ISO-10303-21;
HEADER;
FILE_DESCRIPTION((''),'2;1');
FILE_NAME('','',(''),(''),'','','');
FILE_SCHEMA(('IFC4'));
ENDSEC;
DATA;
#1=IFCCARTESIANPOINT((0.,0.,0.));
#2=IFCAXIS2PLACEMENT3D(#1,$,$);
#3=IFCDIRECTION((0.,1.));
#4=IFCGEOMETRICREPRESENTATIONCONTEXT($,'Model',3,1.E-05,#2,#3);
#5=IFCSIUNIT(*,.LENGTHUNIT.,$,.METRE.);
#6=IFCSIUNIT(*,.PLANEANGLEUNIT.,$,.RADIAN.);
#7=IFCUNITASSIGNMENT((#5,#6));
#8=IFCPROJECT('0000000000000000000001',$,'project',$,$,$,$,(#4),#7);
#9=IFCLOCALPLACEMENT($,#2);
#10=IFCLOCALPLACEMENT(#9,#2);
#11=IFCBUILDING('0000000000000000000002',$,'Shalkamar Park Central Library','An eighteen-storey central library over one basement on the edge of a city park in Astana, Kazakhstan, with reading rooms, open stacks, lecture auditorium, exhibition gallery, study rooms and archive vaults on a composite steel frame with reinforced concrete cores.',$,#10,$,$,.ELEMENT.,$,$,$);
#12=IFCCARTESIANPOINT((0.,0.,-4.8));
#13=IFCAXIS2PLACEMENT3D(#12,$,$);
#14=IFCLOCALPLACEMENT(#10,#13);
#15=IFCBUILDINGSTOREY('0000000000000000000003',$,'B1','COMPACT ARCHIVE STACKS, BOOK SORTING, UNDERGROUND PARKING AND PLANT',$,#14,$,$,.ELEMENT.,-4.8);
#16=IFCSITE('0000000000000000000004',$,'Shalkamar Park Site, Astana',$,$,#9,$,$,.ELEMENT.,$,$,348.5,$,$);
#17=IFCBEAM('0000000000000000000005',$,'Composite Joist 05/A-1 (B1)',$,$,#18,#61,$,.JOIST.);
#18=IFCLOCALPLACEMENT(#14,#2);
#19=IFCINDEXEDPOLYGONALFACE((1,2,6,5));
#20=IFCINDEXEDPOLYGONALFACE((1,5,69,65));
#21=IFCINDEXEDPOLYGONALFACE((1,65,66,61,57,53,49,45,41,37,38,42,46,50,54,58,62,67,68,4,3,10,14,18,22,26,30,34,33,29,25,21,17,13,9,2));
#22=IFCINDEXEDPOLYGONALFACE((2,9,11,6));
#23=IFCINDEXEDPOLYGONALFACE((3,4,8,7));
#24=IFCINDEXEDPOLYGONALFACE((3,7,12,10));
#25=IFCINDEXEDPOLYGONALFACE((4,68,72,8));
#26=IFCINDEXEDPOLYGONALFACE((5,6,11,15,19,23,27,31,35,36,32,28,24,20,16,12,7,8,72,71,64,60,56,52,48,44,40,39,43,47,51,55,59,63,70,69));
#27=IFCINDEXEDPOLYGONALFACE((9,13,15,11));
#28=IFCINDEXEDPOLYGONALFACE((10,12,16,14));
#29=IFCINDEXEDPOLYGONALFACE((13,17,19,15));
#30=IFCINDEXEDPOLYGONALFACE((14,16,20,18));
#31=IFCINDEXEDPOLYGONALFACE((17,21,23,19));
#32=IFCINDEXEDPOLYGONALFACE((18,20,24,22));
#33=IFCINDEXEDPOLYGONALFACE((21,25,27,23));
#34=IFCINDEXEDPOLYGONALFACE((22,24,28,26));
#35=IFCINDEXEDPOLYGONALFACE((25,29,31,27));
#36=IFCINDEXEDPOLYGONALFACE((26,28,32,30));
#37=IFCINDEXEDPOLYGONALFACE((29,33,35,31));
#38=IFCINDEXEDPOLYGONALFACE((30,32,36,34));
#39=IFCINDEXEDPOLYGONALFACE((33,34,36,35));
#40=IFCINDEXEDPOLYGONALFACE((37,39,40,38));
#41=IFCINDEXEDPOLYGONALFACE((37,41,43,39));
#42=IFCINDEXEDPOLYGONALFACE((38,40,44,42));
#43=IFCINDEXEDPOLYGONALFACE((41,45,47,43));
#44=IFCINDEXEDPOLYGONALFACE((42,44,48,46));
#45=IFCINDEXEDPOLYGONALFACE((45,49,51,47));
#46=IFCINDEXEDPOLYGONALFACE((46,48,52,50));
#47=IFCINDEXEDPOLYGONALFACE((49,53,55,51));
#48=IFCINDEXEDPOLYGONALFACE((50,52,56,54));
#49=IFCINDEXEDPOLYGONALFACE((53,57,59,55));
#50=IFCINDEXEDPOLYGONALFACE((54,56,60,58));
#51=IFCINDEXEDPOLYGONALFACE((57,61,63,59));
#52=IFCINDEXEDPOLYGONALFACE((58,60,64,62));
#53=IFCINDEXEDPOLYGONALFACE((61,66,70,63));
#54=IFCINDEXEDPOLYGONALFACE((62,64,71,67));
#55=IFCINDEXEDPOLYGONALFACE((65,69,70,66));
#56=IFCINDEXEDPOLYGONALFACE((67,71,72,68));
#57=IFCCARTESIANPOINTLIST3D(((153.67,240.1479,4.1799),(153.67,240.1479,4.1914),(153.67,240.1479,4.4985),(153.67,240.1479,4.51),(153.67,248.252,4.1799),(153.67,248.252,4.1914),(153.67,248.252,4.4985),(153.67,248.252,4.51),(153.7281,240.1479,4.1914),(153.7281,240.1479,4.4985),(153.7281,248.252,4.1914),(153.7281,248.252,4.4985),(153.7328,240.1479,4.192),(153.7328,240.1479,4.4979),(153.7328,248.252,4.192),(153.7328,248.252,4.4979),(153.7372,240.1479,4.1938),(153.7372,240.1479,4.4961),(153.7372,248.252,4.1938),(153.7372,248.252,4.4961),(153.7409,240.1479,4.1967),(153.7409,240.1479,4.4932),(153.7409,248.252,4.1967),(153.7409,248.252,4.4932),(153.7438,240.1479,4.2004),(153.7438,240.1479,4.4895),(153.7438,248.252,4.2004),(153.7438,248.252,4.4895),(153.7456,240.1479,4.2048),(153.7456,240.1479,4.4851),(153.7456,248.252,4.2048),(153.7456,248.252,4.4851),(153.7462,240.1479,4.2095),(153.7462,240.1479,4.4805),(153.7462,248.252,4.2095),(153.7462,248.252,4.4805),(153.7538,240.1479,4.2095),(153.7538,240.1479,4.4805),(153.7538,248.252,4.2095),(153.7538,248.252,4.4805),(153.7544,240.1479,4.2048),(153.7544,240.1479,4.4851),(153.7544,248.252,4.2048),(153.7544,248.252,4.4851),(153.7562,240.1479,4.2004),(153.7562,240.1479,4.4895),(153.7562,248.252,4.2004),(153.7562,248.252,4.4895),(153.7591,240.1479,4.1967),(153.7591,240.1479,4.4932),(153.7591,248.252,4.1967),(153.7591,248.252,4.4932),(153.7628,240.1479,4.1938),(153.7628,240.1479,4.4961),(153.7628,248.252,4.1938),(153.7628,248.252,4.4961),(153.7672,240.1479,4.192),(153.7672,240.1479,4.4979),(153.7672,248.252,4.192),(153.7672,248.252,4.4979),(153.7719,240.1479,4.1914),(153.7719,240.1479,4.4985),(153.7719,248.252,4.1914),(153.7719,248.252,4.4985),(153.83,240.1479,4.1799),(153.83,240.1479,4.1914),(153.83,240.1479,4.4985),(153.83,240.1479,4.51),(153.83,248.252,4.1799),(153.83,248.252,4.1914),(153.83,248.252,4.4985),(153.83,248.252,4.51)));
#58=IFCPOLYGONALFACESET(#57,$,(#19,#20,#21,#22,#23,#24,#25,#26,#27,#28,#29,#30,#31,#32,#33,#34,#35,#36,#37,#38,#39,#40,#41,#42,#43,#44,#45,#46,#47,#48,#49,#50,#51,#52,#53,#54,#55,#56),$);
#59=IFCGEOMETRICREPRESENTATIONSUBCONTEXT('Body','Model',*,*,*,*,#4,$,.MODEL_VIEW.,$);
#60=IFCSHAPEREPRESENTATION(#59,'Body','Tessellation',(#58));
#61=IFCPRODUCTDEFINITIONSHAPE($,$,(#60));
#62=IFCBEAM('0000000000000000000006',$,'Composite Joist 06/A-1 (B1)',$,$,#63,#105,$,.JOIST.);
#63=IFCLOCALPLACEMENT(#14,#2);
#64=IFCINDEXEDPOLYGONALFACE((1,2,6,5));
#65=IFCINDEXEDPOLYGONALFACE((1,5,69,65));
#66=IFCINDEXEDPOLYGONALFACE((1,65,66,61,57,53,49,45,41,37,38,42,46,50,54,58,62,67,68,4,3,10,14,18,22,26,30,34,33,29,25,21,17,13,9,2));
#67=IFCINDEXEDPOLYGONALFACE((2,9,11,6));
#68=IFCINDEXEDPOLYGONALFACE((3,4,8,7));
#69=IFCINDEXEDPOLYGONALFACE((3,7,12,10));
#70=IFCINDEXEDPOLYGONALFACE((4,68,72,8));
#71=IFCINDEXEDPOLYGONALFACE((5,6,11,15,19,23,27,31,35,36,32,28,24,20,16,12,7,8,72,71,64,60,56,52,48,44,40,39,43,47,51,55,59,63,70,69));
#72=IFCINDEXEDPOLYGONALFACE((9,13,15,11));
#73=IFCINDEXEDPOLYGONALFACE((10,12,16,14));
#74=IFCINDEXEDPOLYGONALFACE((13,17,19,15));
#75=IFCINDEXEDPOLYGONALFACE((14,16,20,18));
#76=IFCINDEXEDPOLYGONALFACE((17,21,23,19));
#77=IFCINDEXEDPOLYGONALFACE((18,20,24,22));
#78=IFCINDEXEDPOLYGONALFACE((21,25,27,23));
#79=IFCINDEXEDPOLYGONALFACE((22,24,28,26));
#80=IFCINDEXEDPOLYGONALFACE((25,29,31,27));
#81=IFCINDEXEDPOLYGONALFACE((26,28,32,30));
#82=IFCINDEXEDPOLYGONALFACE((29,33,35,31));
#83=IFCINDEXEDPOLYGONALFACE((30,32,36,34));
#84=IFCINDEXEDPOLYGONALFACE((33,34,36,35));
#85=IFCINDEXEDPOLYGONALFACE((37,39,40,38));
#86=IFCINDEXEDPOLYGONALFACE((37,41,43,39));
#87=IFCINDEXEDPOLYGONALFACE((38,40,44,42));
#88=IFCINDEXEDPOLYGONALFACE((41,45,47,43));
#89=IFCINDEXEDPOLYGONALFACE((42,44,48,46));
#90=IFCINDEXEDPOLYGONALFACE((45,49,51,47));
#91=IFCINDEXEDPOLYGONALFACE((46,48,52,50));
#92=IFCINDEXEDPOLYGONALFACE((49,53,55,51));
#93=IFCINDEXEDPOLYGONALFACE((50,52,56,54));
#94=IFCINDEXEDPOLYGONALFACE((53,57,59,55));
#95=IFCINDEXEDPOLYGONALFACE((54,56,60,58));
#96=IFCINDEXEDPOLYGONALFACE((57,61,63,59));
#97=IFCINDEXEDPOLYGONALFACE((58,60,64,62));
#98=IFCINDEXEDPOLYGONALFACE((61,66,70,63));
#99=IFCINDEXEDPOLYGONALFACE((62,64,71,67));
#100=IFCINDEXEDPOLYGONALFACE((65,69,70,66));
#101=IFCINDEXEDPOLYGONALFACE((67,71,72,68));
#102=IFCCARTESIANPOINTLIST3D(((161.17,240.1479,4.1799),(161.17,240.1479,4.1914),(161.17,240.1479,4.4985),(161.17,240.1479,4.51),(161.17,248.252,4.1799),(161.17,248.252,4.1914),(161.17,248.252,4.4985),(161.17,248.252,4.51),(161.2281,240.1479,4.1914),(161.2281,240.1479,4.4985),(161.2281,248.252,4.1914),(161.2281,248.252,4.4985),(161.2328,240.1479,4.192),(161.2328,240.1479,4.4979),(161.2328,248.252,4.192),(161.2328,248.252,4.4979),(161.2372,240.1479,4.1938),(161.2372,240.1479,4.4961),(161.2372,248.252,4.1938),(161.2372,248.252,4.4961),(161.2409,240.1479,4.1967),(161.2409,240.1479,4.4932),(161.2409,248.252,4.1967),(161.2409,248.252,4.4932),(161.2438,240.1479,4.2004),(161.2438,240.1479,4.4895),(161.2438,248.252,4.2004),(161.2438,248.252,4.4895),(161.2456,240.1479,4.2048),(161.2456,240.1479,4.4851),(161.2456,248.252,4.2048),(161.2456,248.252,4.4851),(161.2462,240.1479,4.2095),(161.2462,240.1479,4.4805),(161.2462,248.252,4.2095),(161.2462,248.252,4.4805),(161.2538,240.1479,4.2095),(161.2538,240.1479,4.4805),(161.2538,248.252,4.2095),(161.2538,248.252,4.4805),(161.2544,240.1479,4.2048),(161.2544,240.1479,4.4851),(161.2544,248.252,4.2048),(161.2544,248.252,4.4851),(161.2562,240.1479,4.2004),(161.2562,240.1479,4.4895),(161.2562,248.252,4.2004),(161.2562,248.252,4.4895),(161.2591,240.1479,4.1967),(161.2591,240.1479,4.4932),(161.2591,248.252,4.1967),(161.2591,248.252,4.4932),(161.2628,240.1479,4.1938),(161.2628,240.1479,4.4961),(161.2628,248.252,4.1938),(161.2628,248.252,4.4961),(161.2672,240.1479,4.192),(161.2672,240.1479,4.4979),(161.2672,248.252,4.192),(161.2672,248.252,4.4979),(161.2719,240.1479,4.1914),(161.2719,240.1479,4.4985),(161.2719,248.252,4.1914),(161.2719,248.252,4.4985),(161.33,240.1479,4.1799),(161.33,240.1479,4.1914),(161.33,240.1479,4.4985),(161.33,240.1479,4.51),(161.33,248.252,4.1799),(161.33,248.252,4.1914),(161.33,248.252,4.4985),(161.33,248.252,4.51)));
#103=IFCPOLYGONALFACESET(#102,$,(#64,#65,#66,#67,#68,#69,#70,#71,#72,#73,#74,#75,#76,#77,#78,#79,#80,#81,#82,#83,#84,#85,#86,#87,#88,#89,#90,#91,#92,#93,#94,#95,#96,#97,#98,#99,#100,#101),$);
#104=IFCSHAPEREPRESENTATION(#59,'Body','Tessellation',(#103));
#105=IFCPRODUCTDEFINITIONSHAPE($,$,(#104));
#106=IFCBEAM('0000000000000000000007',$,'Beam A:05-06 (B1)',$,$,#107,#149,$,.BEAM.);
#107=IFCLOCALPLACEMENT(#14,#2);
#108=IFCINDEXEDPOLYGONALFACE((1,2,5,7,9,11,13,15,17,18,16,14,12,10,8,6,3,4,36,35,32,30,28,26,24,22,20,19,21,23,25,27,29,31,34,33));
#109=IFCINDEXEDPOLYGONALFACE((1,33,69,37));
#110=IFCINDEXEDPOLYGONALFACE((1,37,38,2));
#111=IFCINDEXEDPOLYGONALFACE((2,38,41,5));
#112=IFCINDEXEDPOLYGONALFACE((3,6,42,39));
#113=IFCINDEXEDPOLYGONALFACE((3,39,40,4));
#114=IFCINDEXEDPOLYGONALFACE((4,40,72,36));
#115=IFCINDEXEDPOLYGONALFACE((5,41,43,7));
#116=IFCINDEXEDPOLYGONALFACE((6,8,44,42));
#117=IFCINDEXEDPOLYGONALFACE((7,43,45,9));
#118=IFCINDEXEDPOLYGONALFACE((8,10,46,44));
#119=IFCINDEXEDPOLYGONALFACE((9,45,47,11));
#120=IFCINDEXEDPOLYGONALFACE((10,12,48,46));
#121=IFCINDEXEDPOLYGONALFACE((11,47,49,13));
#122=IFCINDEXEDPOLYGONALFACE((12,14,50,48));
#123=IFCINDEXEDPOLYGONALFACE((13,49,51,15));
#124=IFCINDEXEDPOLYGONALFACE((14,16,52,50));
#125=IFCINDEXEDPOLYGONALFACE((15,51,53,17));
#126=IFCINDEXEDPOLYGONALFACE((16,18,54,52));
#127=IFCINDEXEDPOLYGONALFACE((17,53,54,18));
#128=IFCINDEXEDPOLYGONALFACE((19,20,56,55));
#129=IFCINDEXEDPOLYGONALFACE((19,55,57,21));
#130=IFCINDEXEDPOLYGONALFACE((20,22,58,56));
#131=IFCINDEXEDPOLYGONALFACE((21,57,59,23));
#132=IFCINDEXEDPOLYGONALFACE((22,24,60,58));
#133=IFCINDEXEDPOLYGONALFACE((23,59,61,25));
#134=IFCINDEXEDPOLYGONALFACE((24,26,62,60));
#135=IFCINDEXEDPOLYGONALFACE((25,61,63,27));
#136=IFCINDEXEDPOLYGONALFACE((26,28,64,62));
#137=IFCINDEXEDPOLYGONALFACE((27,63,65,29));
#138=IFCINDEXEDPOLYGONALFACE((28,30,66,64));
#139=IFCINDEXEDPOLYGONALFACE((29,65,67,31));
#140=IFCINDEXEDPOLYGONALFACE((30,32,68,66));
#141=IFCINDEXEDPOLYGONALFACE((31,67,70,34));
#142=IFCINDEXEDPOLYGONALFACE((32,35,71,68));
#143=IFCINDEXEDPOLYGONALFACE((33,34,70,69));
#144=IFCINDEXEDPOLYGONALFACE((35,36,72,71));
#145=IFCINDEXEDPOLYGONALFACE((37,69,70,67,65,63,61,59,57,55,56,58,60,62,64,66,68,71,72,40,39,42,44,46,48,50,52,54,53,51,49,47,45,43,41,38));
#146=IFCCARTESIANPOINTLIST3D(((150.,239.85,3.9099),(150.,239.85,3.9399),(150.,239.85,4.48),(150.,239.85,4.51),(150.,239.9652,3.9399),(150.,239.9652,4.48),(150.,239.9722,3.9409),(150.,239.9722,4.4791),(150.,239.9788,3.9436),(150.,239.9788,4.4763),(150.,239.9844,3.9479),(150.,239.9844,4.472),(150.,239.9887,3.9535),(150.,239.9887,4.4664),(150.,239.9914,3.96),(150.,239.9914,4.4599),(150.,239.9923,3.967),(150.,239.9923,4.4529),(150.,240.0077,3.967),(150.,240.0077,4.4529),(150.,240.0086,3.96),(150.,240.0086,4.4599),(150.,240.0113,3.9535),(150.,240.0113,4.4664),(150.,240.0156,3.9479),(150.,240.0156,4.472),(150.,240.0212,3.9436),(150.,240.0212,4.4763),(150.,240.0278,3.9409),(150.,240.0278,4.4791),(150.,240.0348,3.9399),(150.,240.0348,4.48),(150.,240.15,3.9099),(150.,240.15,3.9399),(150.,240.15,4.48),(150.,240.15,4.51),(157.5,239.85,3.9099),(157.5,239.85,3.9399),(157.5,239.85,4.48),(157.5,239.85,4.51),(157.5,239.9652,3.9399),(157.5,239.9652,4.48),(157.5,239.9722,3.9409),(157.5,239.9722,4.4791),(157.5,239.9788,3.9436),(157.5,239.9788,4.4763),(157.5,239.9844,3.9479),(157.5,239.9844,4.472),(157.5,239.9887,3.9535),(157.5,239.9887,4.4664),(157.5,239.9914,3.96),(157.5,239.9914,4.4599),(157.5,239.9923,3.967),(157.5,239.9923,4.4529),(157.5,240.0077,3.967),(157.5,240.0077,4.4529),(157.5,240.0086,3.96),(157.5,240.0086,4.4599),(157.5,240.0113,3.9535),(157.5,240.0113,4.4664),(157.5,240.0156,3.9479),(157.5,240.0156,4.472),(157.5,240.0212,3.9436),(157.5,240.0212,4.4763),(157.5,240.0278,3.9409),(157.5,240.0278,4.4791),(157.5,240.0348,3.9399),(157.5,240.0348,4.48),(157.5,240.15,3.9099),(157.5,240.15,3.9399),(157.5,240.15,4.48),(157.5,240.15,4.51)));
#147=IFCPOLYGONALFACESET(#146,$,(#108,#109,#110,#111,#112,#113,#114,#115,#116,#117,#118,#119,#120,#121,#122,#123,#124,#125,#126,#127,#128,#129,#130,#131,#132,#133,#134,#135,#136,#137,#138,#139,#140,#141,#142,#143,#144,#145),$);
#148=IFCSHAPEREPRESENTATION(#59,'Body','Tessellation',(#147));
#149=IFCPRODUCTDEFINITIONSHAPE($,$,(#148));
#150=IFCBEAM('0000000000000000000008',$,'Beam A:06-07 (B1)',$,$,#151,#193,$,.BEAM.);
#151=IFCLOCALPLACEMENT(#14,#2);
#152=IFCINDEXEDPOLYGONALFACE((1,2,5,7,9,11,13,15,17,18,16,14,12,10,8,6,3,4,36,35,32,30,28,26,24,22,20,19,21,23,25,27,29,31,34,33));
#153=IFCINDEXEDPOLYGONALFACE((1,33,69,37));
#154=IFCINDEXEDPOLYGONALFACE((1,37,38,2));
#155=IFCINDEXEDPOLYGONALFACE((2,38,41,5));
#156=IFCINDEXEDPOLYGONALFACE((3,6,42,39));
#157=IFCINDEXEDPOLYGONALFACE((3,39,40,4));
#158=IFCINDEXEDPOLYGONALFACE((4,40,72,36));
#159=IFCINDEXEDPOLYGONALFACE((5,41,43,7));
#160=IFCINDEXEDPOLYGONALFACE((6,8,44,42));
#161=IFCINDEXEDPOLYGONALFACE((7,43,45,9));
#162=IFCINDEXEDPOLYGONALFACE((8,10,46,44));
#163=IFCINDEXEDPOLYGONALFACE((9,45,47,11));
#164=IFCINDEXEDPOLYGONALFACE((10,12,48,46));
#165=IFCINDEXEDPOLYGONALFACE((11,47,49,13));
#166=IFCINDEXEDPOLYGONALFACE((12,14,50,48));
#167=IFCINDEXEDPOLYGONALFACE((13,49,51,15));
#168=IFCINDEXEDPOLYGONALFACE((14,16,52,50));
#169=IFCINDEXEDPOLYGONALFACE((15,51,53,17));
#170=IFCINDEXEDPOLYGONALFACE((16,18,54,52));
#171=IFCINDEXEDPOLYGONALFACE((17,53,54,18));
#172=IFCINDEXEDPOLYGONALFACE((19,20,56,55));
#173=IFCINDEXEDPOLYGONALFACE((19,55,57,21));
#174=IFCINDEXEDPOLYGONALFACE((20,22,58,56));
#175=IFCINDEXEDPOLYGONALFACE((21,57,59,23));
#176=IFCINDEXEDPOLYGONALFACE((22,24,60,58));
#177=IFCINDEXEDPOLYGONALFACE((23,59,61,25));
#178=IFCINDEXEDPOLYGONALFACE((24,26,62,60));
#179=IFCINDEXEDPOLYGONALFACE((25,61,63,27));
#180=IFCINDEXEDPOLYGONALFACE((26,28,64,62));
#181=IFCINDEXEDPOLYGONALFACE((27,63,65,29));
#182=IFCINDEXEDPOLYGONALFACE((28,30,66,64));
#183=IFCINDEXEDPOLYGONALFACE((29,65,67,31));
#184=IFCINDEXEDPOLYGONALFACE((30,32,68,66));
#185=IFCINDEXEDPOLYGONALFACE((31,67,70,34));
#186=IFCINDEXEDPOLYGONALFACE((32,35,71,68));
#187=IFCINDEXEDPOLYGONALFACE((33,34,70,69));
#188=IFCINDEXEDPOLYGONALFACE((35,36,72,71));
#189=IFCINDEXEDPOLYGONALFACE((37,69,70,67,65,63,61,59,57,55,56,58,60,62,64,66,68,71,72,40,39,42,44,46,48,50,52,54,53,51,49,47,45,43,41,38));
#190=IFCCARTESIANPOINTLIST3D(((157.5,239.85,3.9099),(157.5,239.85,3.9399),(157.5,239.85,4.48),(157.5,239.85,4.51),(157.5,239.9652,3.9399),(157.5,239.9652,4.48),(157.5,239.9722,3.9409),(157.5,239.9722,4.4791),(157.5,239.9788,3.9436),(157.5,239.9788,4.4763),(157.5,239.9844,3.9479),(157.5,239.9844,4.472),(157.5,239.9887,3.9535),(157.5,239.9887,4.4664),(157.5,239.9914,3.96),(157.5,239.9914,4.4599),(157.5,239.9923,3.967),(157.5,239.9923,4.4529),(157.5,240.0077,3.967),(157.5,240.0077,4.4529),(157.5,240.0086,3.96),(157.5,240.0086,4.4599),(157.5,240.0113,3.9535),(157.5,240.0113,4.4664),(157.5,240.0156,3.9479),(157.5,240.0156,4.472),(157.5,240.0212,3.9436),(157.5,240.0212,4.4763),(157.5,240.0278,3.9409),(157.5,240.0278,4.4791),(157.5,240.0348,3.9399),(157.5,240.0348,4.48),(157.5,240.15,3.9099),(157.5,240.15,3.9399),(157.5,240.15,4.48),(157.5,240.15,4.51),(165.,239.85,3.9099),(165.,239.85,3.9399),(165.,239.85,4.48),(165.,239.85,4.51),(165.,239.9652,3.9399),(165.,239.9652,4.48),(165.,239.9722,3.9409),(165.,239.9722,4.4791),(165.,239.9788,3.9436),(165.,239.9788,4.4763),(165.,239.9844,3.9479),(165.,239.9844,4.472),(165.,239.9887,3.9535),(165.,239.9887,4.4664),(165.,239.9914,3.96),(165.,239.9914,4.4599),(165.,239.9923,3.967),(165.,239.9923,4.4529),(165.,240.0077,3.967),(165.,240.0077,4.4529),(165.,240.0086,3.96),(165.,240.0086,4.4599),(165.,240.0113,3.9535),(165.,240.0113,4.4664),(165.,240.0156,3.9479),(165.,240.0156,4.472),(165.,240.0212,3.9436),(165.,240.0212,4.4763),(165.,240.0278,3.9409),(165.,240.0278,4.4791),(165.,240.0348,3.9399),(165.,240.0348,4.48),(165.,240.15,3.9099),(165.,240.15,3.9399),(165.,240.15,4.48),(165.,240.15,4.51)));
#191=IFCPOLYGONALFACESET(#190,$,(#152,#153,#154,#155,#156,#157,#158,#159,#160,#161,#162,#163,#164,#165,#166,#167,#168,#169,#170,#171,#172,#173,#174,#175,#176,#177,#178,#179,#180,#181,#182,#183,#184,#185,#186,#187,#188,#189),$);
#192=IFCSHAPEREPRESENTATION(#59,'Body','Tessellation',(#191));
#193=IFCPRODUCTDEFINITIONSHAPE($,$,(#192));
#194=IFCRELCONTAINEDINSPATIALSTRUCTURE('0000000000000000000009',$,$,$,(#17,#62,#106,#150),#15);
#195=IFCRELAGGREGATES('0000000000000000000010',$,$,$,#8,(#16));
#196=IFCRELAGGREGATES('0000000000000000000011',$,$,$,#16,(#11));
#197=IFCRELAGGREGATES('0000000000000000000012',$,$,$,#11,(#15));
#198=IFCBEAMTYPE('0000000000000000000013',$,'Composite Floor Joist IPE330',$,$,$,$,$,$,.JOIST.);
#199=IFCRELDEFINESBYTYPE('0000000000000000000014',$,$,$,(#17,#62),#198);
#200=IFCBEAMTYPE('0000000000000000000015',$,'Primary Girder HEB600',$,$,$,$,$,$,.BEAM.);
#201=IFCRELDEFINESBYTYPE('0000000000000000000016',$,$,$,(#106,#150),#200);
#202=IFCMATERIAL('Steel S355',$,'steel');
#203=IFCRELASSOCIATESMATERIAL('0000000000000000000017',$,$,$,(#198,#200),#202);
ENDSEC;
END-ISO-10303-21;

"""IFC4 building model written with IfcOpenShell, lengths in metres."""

from ifc_helpers import new_model, si_unit, direction, frame, origin, origin_2d, place, context, subcontext, project, spatial, i_section, extrude, material, material_profile, profile_set, type_object, element, save


model = new_model("IFC4")

# Units and contexts
model_context = context("Model", 3, precision=1e-05, world=origin(), true_north=direction((0.0, 1.0)))
body_context = subcontext(model_context, "Body", "Model", "MODEL_VIEW")
ifc_project = project(units=[si_unit("LENGTHUNIT", "METRE"), si_unit("PLANEANGLEUNIT", "RADIAN")], contexts=[model_context])

# Site, building, storey
site_placement = place(None, origin())
site = spatial("IfcSite", under=ifc_project, at=site_placement, Name="Shalkamar Park Site, Astana", CompositionType="ELEMENT", RefElevation=348.5)
building_placement = place(site_placement, origin())
building = spatial("IfcBuilding", under=site, at=building_placement, Name="Shalkamar Park Central Library", Description="An eighteen-storey central library over one basement on the edge of a city park in Astana, Kazakhstan, with reading rooms, open stacks, lecture auditorium, exhibition gallery, study rooms and archive vaults on a composite steel frame with reinforced concrete cores.", CompositionType="ELEMENT")
storey_placement = place(building_placement, frame((0.0, 0.0, -4.8)))
storey = spatial("IfcBuildingStorey", under=building, at=storey_placement, Name="B1", Description="COMPACT ARCHIVE STACKS, BOOK SORTING, UNDERGROUND PARKING AND PLANT", CompositionType="ELEMENT", Elevation=-4.8)

# Beams
ifc_material_1 = material(Name="Steel S355", Category="steel")
ifc_material_profile_1 = material_profile(ifc_material_1, i_section(OverallWidth=0.1599, OverallDepth=0.3301, WebThickness=0.0076, FlangeThickness=0.0115, FilletRadius=0.0181, at=origin_2d()), Name="IPE 330")
ifc_profile_set_1 = profile_set([ifc_material_profile_1], Name="Steel S355")
beam_type_1 = type_object("IfcBeamType", Name="Composite Floor Joist IPE330", PredefinedType="JOIST", material=ifc_profile_set_1)
for number, where, z_axis, x_axis, name in (
    (1, (153.75, 240.1479, 4.345), (0.0, 1.0, 0.0), (-1.0, 0.0, 0.0), "Composite Joist 05/A-1 (B1)"),
    (2, (161.25, 240.1479, 4.345), (0.0, 1.0, 0.0), (-1.0, 0.0, 0.0), "Composite Joist 06/A-1 (B1)"),
):
    element("IfcBeam", number, at=place(storey_placement, frame(where, z_axis=z_axis, x_axis=x_axis)), inside=storey, type_object=beam_type_1, Name=name, PredefinedType="JOIST", context=body_context, shape_type="SweptSolid", body=[
        extrude(i_section(OverallWidth=0.1599, OverallDepth=0.3301, WebThickness=0.0076, FlangeThickness=0.0115, FilletRadius=0.0181, at=origin_2d()), origin(), (0.0, 0.0, 1.0), 8.104),
    ])
ifc_material_profile_2 = material_profile(ifc_material_1, i_section(OverallWidth=0.3, OverallDepth=0.6001, WebThickness=0.0154, FlangeThickness=0.03, FilletRadius=0.0271, at=origin_2d()), Name="HEB 600")
ifc_profile_set_2 = profile_set([ifc_material_profile_2], Name="Steel S355")
beam_type_2 = type_object("IfcBeamType", Name="Primary Girder HEB600", PredefinedType="BEAM", material=ifc_profile_set_2)
for number, where, z_axis, x_axis, name in (
    (3, (150.0, 240.0, 4.21), (1.0, 0.0, 0.0), (0.0, 1.0, 0.0), "Beam A:05-06 (B1)"),
    (4, (157.5, 240.0, 4.21), (1.0, 0.0, 0.0), (0.0, 1.0, 0.0), "Beam A:06-07 (B1)"),
):
    element("IfcBeam", number, at=place(storey_placement, frame(where, z_axis=z_axis, x_axis=x_axis)), inside=storey, type_object=beam_type_2, Name=name, PredefinedType="BEAM", context=body_context, shape_type="SweptSolid", body=[
        extrude(i_section(OverallWidth=0.3, OverallDepth=0.6001, WebThickness=0.0154, FlangeThickness=0.03, FilletRadius=0.0271, at=origin_2d()), origin(), (0.0, 0.0, 1.0), 7.5),
    ])

save(model, "model.ifc")
